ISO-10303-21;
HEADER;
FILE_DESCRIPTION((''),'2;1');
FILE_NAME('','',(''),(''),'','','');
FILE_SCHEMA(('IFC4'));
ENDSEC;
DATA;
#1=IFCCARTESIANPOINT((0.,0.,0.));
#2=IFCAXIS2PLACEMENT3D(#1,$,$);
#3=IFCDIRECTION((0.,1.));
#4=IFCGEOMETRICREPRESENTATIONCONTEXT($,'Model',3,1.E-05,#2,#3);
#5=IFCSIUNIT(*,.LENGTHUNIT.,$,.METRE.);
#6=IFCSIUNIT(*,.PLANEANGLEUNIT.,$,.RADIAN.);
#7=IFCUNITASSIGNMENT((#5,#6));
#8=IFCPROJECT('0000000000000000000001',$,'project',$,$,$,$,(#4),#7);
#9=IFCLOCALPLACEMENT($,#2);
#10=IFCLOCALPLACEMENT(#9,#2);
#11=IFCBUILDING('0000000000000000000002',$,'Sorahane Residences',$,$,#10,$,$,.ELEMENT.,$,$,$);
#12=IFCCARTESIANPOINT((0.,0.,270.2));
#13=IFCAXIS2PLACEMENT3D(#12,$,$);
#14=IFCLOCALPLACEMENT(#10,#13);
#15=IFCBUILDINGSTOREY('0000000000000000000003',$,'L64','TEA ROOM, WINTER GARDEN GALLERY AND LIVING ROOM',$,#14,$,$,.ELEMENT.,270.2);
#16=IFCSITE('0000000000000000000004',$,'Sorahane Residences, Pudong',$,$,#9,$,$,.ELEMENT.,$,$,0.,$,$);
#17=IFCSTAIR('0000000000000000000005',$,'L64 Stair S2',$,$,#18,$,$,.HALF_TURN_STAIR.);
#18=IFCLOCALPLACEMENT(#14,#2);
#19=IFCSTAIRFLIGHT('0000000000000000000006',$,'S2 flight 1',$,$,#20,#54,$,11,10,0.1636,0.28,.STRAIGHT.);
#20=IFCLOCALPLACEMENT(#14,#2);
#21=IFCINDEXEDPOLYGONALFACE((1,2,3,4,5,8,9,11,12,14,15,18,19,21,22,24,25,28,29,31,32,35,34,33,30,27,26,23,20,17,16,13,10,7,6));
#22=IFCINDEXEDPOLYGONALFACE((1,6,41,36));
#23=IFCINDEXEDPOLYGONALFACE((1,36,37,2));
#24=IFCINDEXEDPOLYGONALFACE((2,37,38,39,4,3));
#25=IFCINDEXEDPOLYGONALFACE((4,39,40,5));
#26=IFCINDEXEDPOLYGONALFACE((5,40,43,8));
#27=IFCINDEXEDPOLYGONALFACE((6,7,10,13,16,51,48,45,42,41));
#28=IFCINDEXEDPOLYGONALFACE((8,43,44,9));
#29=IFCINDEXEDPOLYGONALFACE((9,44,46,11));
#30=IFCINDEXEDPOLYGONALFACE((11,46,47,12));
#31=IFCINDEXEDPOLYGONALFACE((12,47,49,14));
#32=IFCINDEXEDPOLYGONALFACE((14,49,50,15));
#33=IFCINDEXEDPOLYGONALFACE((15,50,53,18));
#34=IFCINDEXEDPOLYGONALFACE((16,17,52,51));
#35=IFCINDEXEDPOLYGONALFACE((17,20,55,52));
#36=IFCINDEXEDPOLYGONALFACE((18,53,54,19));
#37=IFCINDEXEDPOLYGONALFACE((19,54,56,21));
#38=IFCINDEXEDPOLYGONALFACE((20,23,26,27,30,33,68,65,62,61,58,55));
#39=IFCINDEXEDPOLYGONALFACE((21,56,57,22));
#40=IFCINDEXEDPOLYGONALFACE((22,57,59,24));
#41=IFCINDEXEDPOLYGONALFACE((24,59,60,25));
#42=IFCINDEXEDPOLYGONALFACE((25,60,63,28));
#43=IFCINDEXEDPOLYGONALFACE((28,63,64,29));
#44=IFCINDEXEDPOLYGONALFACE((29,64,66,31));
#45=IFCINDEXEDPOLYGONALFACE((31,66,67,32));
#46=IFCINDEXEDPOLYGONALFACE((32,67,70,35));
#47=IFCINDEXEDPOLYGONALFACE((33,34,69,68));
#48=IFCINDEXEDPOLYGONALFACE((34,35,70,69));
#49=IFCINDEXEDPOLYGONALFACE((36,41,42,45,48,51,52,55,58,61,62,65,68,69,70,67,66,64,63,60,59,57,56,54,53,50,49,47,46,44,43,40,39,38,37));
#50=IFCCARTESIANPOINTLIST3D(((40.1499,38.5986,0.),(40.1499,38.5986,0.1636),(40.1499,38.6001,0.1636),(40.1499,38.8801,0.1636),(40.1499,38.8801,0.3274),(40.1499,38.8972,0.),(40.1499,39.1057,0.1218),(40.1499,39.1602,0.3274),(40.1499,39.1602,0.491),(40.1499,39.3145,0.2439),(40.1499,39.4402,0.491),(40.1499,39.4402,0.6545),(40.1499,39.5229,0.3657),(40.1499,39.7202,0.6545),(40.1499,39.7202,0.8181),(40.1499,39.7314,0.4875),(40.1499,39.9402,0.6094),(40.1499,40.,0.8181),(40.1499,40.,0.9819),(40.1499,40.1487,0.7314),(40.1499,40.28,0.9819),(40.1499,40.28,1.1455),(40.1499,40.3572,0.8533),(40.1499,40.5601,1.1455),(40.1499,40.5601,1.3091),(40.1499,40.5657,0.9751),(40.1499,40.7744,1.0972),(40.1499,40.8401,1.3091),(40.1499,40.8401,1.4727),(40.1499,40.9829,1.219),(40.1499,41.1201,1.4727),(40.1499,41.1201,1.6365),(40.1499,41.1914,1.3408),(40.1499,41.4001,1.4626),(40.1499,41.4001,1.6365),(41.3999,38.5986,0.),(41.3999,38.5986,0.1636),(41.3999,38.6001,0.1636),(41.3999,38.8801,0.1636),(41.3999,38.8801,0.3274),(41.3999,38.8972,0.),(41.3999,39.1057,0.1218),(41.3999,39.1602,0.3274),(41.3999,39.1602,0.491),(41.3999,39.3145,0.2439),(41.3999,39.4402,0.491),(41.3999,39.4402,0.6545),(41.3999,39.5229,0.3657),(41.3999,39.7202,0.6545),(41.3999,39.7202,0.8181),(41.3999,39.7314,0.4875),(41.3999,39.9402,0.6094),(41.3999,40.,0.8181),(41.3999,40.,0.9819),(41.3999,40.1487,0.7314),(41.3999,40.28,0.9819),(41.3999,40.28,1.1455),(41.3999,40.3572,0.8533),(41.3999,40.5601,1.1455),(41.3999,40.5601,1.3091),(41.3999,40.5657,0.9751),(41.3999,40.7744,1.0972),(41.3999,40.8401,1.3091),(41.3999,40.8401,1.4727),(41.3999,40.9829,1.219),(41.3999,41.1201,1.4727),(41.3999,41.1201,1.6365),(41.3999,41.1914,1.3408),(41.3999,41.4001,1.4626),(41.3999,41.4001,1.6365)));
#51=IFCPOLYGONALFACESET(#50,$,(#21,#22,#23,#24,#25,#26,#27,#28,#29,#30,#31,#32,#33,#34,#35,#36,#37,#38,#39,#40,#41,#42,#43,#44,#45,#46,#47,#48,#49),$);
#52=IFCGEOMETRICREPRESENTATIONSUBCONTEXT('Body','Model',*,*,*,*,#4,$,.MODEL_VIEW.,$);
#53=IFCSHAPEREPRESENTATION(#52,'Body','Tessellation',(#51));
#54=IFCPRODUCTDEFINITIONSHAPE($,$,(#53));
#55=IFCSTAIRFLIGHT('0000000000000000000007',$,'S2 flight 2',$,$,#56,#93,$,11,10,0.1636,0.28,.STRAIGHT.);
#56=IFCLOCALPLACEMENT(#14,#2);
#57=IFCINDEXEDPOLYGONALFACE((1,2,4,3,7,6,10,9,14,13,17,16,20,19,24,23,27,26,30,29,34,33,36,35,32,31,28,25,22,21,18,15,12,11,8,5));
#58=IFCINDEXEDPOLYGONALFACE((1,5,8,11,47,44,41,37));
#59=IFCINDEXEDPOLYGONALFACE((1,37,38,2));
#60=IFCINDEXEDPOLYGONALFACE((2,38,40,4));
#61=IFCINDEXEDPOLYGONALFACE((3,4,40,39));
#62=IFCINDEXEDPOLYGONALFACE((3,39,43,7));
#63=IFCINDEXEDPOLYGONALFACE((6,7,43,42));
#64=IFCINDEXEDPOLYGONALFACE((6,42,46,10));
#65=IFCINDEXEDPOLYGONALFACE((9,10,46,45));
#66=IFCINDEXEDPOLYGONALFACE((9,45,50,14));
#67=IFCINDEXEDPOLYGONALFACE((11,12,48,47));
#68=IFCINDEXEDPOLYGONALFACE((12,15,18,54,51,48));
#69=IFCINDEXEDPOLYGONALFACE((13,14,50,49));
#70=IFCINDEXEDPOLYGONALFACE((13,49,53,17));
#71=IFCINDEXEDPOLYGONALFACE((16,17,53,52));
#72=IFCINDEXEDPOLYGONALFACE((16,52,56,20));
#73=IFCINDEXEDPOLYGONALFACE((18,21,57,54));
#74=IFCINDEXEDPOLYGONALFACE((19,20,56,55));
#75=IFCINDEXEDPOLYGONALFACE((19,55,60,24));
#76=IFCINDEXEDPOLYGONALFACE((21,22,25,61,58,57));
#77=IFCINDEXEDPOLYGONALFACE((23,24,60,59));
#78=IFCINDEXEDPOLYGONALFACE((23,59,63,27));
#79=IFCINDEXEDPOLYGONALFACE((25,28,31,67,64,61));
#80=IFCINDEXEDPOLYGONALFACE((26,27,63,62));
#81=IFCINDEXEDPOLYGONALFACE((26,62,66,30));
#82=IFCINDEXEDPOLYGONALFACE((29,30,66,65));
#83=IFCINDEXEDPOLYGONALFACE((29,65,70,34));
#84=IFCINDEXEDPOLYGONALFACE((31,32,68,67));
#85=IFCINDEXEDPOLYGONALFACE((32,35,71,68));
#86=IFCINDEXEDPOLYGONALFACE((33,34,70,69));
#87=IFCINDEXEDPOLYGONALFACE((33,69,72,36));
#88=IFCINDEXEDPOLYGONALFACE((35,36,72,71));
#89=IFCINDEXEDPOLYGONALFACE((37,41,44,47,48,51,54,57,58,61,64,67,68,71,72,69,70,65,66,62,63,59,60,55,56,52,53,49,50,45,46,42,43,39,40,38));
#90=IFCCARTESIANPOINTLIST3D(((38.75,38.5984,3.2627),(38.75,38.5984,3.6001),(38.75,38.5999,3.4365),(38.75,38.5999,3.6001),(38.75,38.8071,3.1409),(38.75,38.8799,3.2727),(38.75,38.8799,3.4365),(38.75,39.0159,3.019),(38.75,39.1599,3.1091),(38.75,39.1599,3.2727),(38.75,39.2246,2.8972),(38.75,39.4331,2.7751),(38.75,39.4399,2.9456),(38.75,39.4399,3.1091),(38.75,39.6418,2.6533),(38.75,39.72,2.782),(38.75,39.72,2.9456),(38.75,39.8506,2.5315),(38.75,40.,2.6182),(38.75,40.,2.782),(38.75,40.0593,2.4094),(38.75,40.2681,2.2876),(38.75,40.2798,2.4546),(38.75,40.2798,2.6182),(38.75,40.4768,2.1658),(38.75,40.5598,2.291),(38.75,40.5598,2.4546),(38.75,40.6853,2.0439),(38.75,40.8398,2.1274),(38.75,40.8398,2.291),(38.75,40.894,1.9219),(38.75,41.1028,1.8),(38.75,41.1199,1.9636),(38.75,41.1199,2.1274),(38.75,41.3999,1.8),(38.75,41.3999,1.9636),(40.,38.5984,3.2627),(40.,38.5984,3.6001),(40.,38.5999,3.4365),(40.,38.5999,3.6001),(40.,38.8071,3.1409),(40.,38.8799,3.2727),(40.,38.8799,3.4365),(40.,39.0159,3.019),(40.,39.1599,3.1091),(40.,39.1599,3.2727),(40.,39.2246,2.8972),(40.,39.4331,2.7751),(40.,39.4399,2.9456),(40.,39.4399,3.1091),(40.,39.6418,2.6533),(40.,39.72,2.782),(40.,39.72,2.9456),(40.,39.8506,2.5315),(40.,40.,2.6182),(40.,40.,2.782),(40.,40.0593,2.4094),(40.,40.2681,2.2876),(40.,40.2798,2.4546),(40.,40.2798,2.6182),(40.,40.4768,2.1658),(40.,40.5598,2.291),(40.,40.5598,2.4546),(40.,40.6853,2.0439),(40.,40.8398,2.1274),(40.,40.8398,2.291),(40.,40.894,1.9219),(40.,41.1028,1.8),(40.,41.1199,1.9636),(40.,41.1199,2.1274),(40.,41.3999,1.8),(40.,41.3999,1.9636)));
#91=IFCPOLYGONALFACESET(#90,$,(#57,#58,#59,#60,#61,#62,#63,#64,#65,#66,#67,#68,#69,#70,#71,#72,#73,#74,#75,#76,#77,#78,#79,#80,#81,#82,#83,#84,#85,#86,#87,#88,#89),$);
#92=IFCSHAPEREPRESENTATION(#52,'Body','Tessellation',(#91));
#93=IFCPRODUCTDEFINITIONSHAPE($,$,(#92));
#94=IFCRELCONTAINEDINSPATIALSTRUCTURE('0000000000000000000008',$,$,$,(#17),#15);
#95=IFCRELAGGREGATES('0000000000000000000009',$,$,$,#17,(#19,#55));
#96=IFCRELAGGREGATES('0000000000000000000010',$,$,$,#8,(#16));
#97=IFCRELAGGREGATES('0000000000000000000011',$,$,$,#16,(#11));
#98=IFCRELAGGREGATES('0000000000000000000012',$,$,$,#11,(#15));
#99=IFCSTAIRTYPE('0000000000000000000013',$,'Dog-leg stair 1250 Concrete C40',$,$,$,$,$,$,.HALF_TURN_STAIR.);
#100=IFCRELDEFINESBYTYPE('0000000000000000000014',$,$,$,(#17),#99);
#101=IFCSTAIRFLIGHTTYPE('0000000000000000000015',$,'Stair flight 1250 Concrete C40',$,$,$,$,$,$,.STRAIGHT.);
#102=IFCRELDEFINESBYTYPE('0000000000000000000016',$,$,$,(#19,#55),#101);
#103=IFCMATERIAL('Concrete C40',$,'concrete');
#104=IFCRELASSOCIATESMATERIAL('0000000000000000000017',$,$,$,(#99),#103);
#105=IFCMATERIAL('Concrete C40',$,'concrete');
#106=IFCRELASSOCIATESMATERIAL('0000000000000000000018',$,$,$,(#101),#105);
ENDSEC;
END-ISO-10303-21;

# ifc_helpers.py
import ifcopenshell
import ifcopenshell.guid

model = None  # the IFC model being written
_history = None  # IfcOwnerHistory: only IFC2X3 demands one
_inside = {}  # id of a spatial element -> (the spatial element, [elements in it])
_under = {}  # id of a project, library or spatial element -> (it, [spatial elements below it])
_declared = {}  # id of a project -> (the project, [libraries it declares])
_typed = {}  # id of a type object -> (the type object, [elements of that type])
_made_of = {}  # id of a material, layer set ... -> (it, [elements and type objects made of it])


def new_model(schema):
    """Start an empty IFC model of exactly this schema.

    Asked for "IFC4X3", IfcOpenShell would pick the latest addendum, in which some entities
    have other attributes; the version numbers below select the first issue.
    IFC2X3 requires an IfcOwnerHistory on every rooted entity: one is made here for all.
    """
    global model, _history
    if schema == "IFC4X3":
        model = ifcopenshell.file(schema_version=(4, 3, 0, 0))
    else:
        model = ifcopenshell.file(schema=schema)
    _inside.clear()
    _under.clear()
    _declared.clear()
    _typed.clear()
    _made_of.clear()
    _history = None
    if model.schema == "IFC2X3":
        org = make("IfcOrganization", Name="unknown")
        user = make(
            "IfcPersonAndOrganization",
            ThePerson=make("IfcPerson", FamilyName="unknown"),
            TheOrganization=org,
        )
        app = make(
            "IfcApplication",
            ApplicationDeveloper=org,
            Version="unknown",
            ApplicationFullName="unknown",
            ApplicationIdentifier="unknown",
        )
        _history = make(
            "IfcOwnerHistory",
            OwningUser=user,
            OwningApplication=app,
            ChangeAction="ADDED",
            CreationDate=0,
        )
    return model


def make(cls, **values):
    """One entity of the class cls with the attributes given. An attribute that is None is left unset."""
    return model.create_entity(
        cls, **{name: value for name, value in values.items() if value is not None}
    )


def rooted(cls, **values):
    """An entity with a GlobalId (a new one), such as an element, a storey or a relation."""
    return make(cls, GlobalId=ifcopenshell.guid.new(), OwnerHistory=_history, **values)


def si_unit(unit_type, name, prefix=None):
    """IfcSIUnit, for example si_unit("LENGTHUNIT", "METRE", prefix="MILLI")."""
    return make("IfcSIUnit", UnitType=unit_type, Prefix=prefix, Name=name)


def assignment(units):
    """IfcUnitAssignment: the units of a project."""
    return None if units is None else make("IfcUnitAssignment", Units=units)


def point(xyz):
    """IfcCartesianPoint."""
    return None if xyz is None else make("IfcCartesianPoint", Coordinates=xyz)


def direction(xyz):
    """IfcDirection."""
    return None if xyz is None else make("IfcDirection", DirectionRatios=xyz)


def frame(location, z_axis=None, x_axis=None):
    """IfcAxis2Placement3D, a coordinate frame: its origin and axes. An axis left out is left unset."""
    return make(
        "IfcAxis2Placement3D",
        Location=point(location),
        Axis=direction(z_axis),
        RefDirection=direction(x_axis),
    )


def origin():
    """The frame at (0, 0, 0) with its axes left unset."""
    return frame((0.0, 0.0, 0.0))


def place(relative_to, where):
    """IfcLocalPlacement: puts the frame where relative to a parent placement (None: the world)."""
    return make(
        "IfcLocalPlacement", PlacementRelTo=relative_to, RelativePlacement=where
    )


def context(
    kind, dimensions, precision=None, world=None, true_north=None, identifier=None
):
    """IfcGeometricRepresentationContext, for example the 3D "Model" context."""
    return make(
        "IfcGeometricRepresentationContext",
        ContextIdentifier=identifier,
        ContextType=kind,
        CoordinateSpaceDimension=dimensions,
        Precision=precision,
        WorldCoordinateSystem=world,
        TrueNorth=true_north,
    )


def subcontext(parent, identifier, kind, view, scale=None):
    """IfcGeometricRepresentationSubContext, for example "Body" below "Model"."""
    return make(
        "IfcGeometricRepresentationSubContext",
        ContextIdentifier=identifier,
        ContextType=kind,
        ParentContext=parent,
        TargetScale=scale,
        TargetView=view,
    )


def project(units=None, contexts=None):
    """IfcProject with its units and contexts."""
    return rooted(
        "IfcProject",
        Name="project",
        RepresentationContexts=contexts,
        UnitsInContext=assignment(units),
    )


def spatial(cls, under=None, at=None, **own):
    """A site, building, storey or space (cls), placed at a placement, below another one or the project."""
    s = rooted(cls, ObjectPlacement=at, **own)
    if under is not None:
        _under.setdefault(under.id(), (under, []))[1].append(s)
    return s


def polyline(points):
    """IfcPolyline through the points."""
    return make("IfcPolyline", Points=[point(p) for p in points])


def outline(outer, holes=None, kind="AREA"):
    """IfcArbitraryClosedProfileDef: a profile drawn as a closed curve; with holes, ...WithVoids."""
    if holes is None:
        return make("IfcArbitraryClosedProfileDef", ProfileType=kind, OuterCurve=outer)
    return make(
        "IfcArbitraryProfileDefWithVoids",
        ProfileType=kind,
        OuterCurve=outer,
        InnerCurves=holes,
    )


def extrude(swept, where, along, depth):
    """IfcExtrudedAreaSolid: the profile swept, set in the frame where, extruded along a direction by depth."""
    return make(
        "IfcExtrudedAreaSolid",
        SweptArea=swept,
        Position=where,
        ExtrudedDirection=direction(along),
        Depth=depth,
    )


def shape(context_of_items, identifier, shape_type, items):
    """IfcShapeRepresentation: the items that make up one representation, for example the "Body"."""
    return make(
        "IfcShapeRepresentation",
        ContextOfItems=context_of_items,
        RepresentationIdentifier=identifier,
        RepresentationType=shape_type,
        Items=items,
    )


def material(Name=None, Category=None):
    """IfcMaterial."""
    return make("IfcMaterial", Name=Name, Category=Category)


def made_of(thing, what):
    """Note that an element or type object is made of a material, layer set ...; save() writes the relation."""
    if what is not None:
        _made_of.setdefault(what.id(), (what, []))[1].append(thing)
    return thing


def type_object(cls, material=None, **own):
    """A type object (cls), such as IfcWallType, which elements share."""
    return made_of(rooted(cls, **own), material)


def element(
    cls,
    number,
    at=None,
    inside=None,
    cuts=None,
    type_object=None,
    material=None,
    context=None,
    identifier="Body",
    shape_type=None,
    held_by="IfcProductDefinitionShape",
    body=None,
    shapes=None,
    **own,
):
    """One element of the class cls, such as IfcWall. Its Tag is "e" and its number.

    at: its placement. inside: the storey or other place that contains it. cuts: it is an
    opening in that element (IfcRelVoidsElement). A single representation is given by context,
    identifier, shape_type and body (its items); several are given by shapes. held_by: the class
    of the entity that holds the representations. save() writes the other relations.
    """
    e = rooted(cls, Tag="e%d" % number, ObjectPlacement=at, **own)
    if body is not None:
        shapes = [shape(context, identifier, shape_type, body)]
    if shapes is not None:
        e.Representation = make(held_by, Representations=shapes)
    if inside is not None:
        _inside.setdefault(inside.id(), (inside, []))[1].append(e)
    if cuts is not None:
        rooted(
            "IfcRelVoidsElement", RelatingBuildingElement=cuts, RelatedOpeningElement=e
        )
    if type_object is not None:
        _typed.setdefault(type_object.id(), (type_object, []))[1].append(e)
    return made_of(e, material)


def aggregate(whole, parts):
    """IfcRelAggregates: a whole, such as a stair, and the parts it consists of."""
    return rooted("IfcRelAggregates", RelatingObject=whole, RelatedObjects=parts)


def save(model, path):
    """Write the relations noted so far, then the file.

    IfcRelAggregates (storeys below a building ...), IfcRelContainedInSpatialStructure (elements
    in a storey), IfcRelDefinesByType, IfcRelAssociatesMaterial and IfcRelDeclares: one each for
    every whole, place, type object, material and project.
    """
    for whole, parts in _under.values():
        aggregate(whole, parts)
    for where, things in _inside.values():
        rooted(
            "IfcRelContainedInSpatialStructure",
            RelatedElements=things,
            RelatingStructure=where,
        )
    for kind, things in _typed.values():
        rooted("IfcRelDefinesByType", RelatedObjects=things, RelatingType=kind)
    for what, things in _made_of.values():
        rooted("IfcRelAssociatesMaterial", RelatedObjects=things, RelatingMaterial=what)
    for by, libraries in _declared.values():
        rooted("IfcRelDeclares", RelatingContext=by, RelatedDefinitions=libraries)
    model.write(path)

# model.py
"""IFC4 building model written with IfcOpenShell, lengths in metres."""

from ifc_helpers import new_model, si_unit, direction, frame, origin, place, context, subcontext, project, spatial, polyline, outline, extrude, material, type_object, element, aggregate, save


model = new_model("IFC4")

# Units and contexts
model_context = context("Model", 3, precision=1e-05, world=origin(), true_north=direction((0.0, 1.0)))
body_context = subcontext(model_context, "Body", "Model", "MODEL_VIEW")
ifc_project = project(units=[si_unit("LENGTHUNIT", "METRE"), si_unit("PLANEANGLEUNIT", "RADIAN")], contexts=[model_context])

# Site, building, storey
site_placement = place(None, origin())
site = spatial("IfcSite", under=ifc_project, at=site_placement, Name="Sorahane Residences, Pudong", CompositionType="ELEMENT", RefElevation=0.0)
building_placement = place(site_placement, origin())
building = spatial("IfcBuilding", under=site, at=building_placement, Name="Sorahane Residences", CompositionType="ELEMENT")
storey_placement = place(building_placement, frame((0.0, 0.0, 270.2)))
storey = spatial("IfcBuildingStorey", under=building, at=storey_placement, Name="L64", Description="TEA ROOM, WINTER GARDEN GALLERY AND LIVING ROOM", CompositionType="ELEMENT", Elevation=270.2)

# Stair, stair flights
ifc_material_1 = material(Name="Concrete C40", Category="concrete")
stair_type = type_object("IfcStairType", Name="Dog-leg stair 1250 Concrete C40", PredefinedType="HALF_TURN_STAIR", material=ifc_material_1)
stair_placement = place(storey_placement, origin())
stair = element("IfcStair", 1, at=stair_placement, inside=storey, type_object=stair_type, Name="L64 Stair S2", PredefinedType="HALF_TURN_STAIR")
ifc_material_2 = material(Name="Concrete C40", Category="concrete")
stair_flight_type = type_object("IfcStairFlightType", Name="Stair flight 1250 Concrete C40", PredefinedType="STRAIGHT", material=ifc_material_2)
stair_flight_1_placement = place(storey_placement, frame((40.7749, 38.6001, 0.0), z_axis=(0.0, 0.0, 1.0), x_axis=(0.0, 1.0, 0.0)))
stair_flight_1 = element("IfcStairFlight", 2, at=stair_flight_1_placement, type_object=stair_flight_type, Name="S2 flight 1", NumberOfRisers=11, NumberOfTreads=10, PredefinedType="STRAIGHT", RiserHeight=0.1636, TreadLength=0.28, context=body_context, shape_type="SweptSolid", body=[
    extrude(outline(polyline([(-0.0015, 0.0), (-0.0015, 0.1636), (0.0, 0.1636), (0.28, 0.1636), (0.28, 0.3274), (0.5601, 0.3274), (0.5601, 0.491), (0.8401, 0.491), (0.8401, 0.6545), (1.1201, 0.6545), (1.1201, 0.8181), (1.3999, 0.8181), (1.3999, 0.9819), (1.6799, 0.9819), (1.6799, 1.1455), (1.96, 1.1455), (1.96, 1.3091), (2.24, 1.3091), (2.24, 1.4727), (2.52, 1.4727), (2.52, 1.6365), (2.8, 1.6365), (2.8, 1.8), (2.8, 1.4626), (2.5913, 1.3408), (2.3828, 1.219), (2.1743, 1.0972), (1.9656, 0.9751), (1.7571, 0.8533), (1.5486, 0.7314), (1.3401, 0.6094), (1.1313, 0.4875), (0.9229, 0.3657), (0.7144, 0.2439), (0.5056, 0.1218), (0.2971, 0.0), (-0.0015, 0.0)])), frame((0.0, 0.625, 0.0), z_axis=(0.0, -1.0, 0.0), x_axis=(1.0, 0.0, 0.0)), (0.0, 0.0, 1.0), 1.25),
])
stair_flight_2_placement = place(storey_placement, frame((39.375, 41.3999, 1.8), z_axis=(0.0, 0.0, 1.0), x_axis=(0.0, -1.0, 0.0)))
stair_flight_2 = element("IfcStairFlight", 3, at=stair_flight_2_placement, type_object=stair_flight_type, Name="S2 flight 2", NumberOfRisers=11, NumberOfTreads=10, PredefinedType="STRAIGHT", RiserHeight=0.1636, TreadLength=0.28, context=body_context, shape_type="SweptSolid", body=[
    extrude(outline(polyline([(0.0, 0.0), (0.0, 0.1636), (0.28, 0.1636), (0.28, 0.3274), (0.5601, 0.3274), (0.5601, 0.491), (0.8401, 0.491), (0.8401, 0.6545), (1.1201, 0.6545), (1.1201, 0.8181), (1.3999, 0.8181), (1.3999, 0.9819), (1.6799, 0.9819), (1.6799, 1.1455), (1.96, 1.1455), (1.96, 1.3091), (2.24, 1.3091), (2.24, 1.4727), (2.52, 1.4727), (2.52, 1.6365), (2.8, 1.6365), (2.8, 1.8), (2.8015, 1.8), (2.8015, 1.4626), (2.5928, 1.3408), (2.384, 1.219), (2.1753, 1.0972), (1.9668, 0.9751), (1.7581, 0.8533), (1.5493, 0.7314), (1.3406, 0.6094), (1.1318, 0.4875), (0.9231, 0.3657), (0.7146, 0.2439), (0.5059, 0.1218), (0.2971, 0.0), (0.0, 0.0)])), frame((0.0, 0.625, 0.0), z_axis=(0.0, -1.0, 0.0), x_axis=(1.0, 0.0, 0.0)), (0.0, 0.0, 1.0), 1.25),
])
aggregate(stair, [stair_flight_1, stair_flight_2])

save(model, "model.ifc")
